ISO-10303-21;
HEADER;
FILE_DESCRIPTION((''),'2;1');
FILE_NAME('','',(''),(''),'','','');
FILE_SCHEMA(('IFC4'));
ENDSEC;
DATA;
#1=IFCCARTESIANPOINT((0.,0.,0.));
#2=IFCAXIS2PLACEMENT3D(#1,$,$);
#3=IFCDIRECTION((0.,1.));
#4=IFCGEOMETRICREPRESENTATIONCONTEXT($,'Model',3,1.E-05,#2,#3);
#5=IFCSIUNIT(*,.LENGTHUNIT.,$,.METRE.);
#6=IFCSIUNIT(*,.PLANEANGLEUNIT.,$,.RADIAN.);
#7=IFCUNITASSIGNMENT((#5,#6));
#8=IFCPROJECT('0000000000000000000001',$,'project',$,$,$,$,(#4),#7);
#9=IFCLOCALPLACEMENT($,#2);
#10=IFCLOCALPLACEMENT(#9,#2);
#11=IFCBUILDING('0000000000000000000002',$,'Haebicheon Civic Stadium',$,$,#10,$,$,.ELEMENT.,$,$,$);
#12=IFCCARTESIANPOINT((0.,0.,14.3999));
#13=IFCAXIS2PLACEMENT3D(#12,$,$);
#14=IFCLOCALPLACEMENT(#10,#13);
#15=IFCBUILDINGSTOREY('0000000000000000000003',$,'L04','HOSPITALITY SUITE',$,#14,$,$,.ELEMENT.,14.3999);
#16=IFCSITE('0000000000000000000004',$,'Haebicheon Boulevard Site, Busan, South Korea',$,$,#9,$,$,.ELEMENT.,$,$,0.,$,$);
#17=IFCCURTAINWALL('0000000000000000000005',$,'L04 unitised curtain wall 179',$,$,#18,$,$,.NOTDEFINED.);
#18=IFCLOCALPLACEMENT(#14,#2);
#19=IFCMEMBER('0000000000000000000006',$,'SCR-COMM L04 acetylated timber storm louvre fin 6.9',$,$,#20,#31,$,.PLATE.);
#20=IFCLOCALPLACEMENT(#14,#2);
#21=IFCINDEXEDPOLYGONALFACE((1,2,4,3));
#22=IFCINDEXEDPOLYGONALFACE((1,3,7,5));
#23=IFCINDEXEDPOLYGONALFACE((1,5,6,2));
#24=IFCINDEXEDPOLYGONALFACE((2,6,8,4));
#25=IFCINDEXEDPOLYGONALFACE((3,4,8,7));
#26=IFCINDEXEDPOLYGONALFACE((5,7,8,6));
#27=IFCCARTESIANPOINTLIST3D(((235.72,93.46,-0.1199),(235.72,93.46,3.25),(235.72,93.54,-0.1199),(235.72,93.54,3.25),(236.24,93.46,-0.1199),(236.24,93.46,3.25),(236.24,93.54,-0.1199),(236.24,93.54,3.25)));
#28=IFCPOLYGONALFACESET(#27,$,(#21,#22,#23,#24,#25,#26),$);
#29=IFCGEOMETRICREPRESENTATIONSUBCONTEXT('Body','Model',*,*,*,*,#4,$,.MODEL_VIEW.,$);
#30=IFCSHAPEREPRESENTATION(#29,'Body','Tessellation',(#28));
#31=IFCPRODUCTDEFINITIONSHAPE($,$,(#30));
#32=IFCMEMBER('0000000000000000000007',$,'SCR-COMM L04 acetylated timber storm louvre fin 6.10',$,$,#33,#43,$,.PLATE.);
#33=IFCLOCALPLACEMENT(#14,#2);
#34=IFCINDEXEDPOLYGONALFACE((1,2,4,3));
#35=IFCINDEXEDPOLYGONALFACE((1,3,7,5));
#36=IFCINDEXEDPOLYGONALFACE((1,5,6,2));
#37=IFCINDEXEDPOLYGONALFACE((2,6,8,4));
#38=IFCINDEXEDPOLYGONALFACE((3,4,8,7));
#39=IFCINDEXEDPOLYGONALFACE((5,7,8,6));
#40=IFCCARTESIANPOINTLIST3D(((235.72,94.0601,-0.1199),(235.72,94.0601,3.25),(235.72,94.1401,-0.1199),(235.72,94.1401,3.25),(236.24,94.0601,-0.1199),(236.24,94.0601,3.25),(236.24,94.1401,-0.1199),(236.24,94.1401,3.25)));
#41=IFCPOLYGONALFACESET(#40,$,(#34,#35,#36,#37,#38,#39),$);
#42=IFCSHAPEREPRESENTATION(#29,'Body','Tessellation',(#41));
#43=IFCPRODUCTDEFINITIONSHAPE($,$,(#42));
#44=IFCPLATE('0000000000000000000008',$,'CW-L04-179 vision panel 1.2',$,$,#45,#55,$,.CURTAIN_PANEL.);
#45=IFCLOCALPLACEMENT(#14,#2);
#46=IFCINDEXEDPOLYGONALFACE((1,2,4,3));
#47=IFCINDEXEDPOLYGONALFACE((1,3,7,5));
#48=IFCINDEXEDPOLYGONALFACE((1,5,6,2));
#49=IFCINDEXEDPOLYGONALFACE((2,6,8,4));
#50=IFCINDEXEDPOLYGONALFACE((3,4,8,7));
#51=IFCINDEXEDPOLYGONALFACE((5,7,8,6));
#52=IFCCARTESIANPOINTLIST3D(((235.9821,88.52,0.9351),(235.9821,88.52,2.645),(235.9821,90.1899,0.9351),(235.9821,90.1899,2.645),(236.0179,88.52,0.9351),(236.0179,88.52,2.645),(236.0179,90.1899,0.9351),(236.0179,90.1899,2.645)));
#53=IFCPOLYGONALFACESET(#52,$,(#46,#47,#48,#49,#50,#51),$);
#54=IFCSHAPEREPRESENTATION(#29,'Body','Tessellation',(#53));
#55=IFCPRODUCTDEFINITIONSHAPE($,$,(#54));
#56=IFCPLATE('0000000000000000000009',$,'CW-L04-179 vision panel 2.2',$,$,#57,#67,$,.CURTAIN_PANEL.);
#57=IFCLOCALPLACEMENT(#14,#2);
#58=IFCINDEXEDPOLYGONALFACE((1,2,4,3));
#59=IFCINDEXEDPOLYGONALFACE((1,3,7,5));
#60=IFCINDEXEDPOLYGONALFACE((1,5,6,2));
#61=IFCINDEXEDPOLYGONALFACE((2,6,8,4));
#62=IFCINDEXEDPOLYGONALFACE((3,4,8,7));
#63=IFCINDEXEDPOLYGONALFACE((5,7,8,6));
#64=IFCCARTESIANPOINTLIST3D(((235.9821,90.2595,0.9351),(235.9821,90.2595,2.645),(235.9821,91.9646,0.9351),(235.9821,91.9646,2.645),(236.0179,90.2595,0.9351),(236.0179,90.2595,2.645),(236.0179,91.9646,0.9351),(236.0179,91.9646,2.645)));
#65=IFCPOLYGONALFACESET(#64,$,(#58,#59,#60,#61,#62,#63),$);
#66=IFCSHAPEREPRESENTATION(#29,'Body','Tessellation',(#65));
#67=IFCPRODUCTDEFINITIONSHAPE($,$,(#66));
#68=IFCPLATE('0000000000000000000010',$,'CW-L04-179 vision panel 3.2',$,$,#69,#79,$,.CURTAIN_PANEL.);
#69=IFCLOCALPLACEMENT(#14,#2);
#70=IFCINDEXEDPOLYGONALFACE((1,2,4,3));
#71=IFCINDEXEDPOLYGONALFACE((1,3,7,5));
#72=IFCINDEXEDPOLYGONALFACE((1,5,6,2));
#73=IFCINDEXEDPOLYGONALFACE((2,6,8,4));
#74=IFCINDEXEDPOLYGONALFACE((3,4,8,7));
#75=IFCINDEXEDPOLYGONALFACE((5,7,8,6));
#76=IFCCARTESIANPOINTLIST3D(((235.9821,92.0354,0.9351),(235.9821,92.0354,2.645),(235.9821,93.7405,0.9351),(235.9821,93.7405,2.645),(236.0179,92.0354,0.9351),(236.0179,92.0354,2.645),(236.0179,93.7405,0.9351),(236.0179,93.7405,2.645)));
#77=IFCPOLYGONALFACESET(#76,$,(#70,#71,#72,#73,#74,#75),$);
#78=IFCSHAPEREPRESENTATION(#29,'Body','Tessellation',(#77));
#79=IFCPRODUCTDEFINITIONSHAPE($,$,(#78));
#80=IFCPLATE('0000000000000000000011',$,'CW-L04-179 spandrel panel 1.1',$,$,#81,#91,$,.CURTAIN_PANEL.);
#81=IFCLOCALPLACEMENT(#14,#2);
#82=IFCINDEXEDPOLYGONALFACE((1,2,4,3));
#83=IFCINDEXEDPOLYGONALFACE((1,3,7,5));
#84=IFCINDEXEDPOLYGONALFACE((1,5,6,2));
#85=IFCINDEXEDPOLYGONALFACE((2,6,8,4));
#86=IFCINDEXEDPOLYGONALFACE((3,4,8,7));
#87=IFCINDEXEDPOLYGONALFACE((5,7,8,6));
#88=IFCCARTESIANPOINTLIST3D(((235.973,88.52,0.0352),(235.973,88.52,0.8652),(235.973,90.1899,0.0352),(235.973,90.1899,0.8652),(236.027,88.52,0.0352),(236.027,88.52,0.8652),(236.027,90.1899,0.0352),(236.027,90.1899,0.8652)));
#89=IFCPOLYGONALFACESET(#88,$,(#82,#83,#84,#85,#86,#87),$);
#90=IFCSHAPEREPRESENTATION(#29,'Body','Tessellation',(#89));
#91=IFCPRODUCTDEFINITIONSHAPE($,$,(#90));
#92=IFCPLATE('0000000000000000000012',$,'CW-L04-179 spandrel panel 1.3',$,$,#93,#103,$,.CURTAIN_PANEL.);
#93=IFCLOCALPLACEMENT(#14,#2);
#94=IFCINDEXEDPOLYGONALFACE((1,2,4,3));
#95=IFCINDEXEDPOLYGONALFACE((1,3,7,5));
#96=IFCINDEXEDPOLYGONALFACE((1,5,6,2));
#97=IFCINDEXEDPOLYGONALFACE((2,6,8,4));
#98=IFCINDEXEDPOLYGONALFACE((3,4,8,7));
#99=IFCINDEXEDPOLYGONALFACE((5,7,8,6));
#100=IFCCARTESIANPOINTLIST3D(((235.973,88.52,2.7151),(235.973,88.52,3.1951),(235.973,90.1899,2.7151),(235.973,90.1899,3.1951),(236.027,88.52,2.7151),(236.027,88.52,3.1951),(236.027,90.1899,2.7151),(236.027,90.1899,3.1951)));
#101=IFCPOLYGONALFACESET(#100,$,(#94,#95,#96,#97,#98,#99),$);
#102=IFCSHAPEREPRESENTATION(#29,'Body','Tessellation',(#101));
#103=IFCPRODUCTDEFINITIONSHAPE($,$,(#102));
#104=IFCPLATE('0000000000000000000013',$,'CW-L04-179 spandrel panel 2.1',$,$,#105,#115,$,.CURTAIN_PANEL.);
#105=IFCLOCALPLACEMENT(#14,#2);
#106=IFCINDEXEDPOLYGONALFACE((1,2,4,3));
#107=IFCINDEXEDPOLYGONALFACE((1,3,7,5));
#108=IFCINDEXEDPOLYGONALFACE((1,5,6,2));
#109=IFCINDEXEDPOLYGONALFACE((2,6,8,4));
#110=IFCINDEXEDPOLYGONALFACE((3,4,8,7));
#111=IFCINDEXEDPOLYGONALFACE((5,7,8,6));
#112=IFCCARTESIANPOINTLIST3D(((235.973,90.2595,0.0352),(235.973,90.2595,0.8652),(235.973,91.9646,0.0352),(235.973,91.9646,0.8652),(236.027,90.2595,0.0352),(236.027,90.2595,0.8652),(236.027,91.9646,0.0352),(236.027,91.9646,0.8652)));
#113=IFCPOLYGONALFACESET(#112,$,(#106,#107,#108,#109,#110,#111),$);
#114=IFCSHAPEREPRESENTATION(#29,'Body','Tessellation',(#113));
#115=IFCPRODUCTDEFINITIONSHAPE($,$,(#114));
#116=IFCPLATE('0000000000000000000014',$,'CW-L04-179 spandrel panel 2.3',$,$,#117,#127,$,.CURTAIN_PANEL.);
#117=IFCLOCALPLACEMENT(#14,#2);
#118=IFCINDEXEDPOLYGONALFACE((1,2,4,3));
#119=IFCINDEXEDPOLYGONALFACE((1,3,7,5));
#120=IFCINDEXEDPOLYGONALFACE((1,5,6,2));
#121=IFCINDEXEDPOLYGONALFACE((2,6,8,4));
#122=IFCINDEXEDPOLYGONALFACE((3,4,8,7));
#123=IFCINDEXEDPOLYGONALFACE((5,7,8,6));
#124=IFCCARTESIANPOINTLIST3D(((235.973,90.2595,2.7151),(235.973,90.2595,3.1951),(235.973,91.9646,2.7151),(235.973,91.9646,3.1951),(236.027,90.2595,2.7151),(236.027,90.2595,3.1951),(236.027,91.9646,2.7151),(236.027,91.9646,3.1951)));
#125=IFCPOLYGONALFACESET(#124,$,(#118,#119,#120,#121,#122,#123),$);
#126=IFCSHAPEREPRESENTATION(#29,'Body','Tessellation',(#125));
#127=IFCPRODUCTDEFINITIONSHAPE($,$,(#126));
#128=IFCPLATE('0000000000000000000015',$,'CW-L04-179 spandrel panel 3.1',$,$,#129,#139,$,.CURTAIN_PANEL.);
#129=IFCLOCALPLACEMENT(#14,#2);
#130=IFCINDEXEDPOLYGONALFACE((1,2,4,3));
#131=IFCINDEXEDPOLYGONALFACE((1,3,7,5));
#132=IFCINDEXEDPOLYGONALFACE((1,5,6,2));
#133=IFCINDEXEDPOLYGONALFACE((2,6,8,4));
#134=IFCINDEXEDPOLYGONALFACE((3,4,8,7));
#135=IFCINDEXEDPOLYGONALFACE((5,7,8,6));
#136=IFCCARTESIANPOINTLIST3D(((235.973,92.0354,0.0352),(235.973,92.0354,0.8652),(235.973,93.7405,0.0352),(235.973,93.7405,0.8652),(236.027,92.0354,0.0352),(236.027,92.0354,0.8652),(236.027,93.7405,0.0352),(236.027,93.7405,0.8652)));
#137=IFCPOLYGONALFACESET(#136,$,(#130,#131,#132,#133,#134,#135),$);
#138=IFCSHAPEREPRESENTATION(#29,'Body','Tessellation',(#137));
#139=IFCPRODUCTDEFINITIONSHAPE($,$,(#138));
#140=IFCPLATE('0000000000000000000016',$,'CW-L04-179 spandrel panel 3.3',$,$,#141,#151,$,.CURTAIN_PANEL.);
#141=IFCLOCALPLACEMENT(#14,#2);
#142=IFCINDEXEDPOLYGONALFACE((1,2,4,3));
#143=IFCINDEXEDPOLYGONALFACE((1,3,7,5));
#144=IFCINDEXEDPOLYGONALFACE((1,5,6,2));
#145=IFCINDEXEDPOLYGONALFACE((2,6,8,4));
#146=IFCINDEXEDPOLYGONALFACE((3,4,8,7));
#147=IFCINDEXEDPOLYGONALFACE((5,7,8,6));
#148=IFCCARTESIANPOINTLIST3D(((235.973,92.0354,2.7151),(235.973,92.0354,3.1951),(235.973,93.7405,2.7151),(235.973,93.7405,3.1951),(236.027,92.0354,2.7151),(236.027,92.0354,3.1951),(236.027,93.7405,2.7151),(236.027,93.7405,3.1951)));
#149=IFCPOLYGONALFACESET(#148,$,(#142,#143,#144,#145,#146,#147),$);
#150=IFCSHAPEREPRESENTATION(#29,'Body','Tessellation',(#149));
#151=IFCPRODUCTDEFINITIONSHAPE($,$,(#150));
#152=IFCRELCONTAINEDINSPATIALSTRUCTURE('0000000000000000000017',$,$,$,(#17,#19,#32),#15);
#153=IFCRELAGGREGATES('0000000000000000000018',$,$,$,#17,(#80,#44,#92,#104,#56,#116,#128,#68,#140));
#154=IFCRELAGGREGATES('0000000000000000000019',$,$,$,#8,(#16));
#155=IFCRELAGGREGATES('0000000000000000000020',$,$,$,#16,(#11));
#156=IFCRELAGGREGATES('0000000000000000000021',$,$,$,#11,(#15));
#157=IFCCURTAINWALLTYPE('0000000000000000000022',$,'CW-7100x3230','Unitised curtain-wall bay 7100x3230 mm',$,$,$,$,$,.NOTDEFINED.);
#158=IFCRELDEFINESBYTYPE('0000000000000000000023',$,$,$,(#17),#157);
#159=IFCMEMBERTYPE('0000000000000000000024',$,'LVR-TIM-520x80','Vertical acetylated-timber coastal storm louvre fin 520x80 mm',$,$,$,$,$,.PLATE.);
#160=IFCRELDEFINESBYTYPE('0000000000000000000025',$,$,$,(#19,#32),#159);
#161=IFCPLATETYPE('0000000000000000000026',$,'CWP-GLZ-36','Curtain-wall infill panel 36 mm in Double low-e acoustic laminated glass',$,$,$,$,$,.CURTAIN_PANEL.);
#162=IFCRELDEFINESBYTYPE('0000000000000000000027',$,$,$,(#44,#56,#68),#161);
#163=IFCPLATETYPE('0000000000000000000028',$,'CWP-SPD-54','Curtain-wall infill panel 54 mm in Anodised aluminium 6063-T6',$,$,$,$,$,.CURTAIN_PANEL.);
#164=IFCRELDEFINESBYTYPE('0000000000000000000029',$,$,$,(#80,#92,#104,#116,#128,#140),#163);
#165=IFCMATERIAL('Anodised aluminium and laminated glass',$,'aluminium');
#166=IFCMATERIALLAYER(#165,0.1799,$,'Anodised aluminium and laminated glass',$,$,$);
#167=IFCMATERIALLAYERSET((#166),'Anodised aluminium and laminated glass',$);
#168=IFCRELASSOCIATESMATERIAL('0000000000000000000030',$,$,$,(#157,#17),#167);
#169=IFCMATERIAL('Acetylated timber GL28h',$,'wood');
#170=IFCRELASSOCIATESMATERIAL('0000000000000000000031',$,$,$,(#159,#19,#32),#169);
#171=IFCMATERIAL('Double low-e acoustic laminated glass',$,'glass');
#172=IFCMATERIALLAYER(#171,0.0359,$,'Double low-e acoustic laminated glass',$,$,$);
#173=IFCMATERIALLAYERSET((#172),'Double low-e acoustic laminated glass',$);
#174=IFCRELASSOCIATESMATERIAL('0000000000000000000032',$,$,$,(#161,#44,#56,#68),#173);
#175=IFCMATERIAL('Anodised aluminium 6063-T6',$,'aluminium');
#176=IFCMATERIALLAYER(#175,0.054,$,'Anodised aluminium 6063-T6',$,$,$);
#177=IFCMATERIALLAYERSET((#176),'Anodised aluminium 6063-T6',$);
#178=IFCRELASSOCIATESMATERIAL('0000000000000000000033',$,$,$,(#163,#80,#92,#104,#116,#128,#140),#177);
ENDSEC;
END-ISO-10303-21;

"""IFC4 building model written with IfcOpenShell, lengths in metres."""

from ifc_helpers import new_model, si_unit, direction, frame, origin, origin_2d, place, context, subcontext, project, spatial, rectangle, extrude, material, layer, layer_set, material_profile, profile_set, type_object, element, aggregate, save


model = new_model("IFC4")

# Units and contexts
model_context = context("Model", 3, precision=1e-05, world=origin(), true_north=direction((0.0, 1.0)))
body_context = subcontext(model_context, "Body", "Model", "MODEL_VIEW")
ifc_project = project(units=[si_unit("LENGTHUNIT", "METRE"), si_unit("PLANEANGLEUNIT", "RADIAN")], contexts=[model_context])

# Site, building, storey
site_placement = place(None, origin())
site = spatial("IfcSite", under=ifc_project, at=site_placement, Name="Haebicheon Boulevard Site, Busan, South Korea", CompositionType="ELEMENT", RefElevation=0.0)
building_placement = place(site_placement, origin())
building = spatial("IfcBuilding", under=site, at=building_placement, Name="Haebicheon Civic Stadium", CompositionType="ELEMENT")
storey_placement = place(building_placement, frame((0.0, 0.0, 14.3999)))
storey = spatial("IfcBuildingStorey", under=building, at=storey_placement, Name="L04", Description="HOSPITALITY SUITE", CompositionType="ELEMENT", Elevation=14.3999)

# Curtain wall
ifc_material_1 = material(Name="Anodised aluminium and laminated glass", Category="aluminium")
ifc_layer_1 = layer(ifc_material_1, 0.1799, Name="Anodised aluminium and laminated glass")
ifc_layer_set_1 = layer_set([ifc_layer_1], Name="Anodised aluminium and laminated glass")
curtain_wall_type = type_object("IfcCurtainWallType", Name="CW-7100x3230", Description="Unitised curtain-wall bay 7100x3230 mm", PredefinedType="NOTDEFINED", material=ifc_layer_set_1)
curtain_wall_placement = place(storey_placement, origin())
curtain_wall = element("IfcCurtainWall", 1, at=curtain_wall_placement, inside=storey, type_object=curtain_wall_type, material=ifc_layer_set_1, Name="L04 unitised curtain wall 179", PredefinedType="NOTDEFINED")

# Members
ifc_material_2 = material(Name="Acetylated timber GL28h", Category="wood")
ifc_material_profile_1 = material_profile(ifc_material_2, rectangle(XDim=0.0801, YDim=0.52, at=origin_2d()), Name="TMB-LOUV-80x520")
ifc_profile_set_1 = profile_set([ifc_material_profile_1], Name="Acetylated timber GL28h")
member_type_1 = type_object("IfcMemberType", Name="LVR-TIM-520x80", Description="Vertical acetylated-timber coastal storm louvre fin 520x80 mm", PredefinedType="PLATE", material=ifc_profile_set_1)
for number, where, z_axis, x_axis, name in (
    (2, (235.98, 93.5, -0.1199), (0.0, 0.0, 1.0), (0.0, 1.0, 0.0), "SCR-COMM L04 acetylated timber storm louvre fin 6.9"),
    (3, (235.98, 94.1001, -0.1199), (0.0, 0.0, 1.0), (0.0, 1.0, 0.0), "SCR-COMM L04 acetylated timber storm louvre fin 6.10"),
):
    element("IfcMember", number, at=place(storey_placement, frame(where, z_axis=z_axis, x_axis=x_axis)), inside=storey, type_object=member_type_1, material=ifc_profile_set_1, Name=name, PredefinedType="PLATE", context=body_context, shape_type="SweptSolid", body=[
        extrude(rectangle(XDim=0.0801, YDim=0.52, at=origin_2d()), origin(), (0.0, 0.0, 1.0), 3.3699),
    ])

# Plates
ifc_material_3 = material(Name="Double low-e acoustic laminated glass", Category="glass")
ifc_layer_2 = layer(ifc_material_3, 0.0359, Name="Double low-e acoustic laminated glass")
ifc_layer_set_2 = layer_set([ifc_layer_2], Name="Double low-e acoustic laminated glass")
plate_type_1 = type_object("IfcPlateType", Name="CWP-GLZ-36", Description="Curtain-wall infill panel 36 mm in Double low-e acoustic laminated glass", PredefinedType="CURTAIN_PANEL", material=ifc_layer_set_2)
plate_1_placement = place(storey_placement, frame((236.0, 89.355, 0.9351), z_axis=(0.0, 0.0, 1.0), x_axis=(0.0, 1.0, 0.0)))
plate_1 = element("IfcPlate", 4, at=plate_1_placement, type_object=plate_type_1, material=ifc_layer_set_2, Name="CW-L04-179 vision panel 1.2", PredefinedType="CURTAIN_PANEL", context=body_context, shape_type="SweptSolid", body=[
    extrude(rectangle(XDim=1.6699, YDim=0.0359, at=origin_2d()), origin(), (0.0, 0.0, 1.0), 1.71),
])
plate_2_placement = place(storey_placement, frame((236.0, 91.1121, 0.9351), z_axis=(0.0, 0.0, 1.0), x_axis=(0.0, 1.0, 0.0)))
plate_2 = element("IfcPlate", 5, at=plate_2_placement, type_object=plate_type_1, material=ifc_layer_set_2, Name="CW-L04-179 vision panel 2.2", PredefinedType="CURTAIN_PANEL", context=body_context, shape_type="SweptSolid", body=[
    extrude(rectangle(XDim=1.7051, YDim=0.0359, at=origin_2d()), origin(), (0.0, 0.0, 1.0), 1.71),
])
plate_3_placement = place(storey_placement, frame((236.0, 92.8879, 0.9351), z_axis=(0.0, 0.0, 1.0), x_axis=(0.0, 1.0, 0.0)))
plate_3 = element("IfcPlate", 6, at=plate_3_placement, type_object=plate_type_1, material=ifc_layer_set_2, Name="CW-L04-179 vision panel 3.2", PredefinedType="CURTAIN_PANEL", context=body_context, shape_type="SweptSolid", body=[
    extrude(rectangle(XDim=1.7051, YDim=0.0359, at=origin_2d()), origin(), (0.0, 0.0, 1.0), 1.71),
])
ifc_material_4 = material(Name="Anodised aluminium 6063-T6", Category="aluminium")
ifc_layer_3 = layer(ifc_material_4, 0.054, Name="Anodised aluminium 6063-T6")
ifc_layer_set_3 = layer_set([ifc_layer_3], Name="Anodised aluminium 6063-T6")
plate_type_2 = type_object("IfcPlateType", Name="CWP-SPD-54", Description="Curtain-wall infill panel 54 mm in Anodised aluminium 6063-T6", PredefinedType="CURTAIN_PANEL", material=ifc_layer_set_3)
plate_4_placement = place(storey_placement, frame((236.0, 89.355, 0.0352), z_axis=(0.0, 0.0, 1.0), x_axis=(0.0, 1.0, 0.0)))
plate_4 = element("IfcPlate", 7, at=plate_4_placement, type_object=plate_type_2, material=ifc_layer_set_3, Name="CW-L04-179 spandrel panel 1.1", PredefinedType="CURTAIN_PANEL", context=body_context, shape_type="SweptSolid", body=[
    extrude(rectangle(XDim=1.6699, YDim=0.054, at=origin_2d()), origin(), (0.0, 0.0, 1.0), 0.8301),
])
plate_5_placement = place(storey_placement, frame((236.0, 89.355, 2.7151), z_axis=(0.0, 0.0, 1.0), x_axis=(0.0, 1.0, 0.0)))
plate_5 = element("IfcPlate", 8, at=plate_5_placement, type_object=plate_type_2, material=ifc_layer_set_3, Name="CW-L04-179 spandrel panel 1.3", PredefinedType="CURTAIN_PANEL", context=body_context, shape_type="SweptSolid", body=[
    extrude(rectangle(XDim=1.6699, YDim=0.054, at=origin_2d()), origin(), (0.0, 0.0, 1.0), 0.48),
])
plate_6_placement = place(storey_placement, frame((236.0, 91.1121, 0.0352), z_axis=(0.0, 0.0, 1.0), x_axis=(0.0, 1.0, 0.0)))
plate_6 = element("IfcPlate", 9, at=plate_6_placement, type_object=plate_type_2, material=ifc_layer_set_3, Name="CW-L04-179 spandrel panel 2.1", PredefinedType="CURTAIN_PANEL", context=body_context, shape_type="SweptSolid", body=[
    extrude(rectangle(XDim=1.7051, YDim=0.054, at=origin_2d()), origin(), (0.0, 0.0, 1.0), 0.8301),
])
plate_7_placement = place(storey_placement, frame((236.0, 91.1121, 2.7151), z_axis=(0.0, 0.0, 1.0), x_axis=(0.0, 1.0, 0.0)))
plate_7 = element("IfcPlate", 10, at=plate_7_placement, type_object=plate_type_2, material=ifc_layer_set_3, Name="CW-L04-179 spandrel panel 2.3", PredefinedType="CURTAIN_PANEL", context=body_context, shape_type="SweptSolid", body=[
    extrude(rectangle(XDim=1.7051, YDim=0.054, at=origin_2d()), origin(), (0.0, 0.0, 1.0), 0.48),
])
plate_8_placement = place(storey_placement, frame((236.0, 92.8879, 0.0352), z_axis=(0.0, 0.0, 1.0), x_axis=(0.0, 1.0, 0.0)))
plate_8 = element("IfcPlate", 11, at=plate_8_placement, type_object=plate_type_2, material=ifc_layer_set_3, Name="CW-L04-179 spandrel panel 3.1", PredefinedType="CURTAIN_PANEL", context=body_context, shape_type="SweptSolid", body=[
    extrude(rectangle(XDim=1.7051, YDim=0.054, at=origin_2d()), origin(), (0.0, 0.0, 1.0), 0.8301),
])
plate_9_placement = place(storey_placement, frame((236.0, 92.8879, 2.7151), z_axis=(0.0, 0.0, 1.0), x_axis=(0.0, 1.0, 0.0)))
plate_9 = element("IfcPlate", 12, at=plate_9_placement, type_object=plate_type_2, material=ifc_layer_set_3, Name="CW-L04-179 spandrel panel 3.3", PredefinedType="CURTAIN_PANEL", context=body_context, shape_type="SweptSolid", body=[
    extrude(rectangle(XDim=1.7051, YDim=0.054, at=origin_2d()), origin(), (0.0, 0.0, 1.0), 0.48),
])
aggregate(curtain_wall, [plate_4, plate_1, plate_5, plate_6, plate_2, plate_7, plate_8, plate_3, plate_9])

save(model, "model.ifc")
